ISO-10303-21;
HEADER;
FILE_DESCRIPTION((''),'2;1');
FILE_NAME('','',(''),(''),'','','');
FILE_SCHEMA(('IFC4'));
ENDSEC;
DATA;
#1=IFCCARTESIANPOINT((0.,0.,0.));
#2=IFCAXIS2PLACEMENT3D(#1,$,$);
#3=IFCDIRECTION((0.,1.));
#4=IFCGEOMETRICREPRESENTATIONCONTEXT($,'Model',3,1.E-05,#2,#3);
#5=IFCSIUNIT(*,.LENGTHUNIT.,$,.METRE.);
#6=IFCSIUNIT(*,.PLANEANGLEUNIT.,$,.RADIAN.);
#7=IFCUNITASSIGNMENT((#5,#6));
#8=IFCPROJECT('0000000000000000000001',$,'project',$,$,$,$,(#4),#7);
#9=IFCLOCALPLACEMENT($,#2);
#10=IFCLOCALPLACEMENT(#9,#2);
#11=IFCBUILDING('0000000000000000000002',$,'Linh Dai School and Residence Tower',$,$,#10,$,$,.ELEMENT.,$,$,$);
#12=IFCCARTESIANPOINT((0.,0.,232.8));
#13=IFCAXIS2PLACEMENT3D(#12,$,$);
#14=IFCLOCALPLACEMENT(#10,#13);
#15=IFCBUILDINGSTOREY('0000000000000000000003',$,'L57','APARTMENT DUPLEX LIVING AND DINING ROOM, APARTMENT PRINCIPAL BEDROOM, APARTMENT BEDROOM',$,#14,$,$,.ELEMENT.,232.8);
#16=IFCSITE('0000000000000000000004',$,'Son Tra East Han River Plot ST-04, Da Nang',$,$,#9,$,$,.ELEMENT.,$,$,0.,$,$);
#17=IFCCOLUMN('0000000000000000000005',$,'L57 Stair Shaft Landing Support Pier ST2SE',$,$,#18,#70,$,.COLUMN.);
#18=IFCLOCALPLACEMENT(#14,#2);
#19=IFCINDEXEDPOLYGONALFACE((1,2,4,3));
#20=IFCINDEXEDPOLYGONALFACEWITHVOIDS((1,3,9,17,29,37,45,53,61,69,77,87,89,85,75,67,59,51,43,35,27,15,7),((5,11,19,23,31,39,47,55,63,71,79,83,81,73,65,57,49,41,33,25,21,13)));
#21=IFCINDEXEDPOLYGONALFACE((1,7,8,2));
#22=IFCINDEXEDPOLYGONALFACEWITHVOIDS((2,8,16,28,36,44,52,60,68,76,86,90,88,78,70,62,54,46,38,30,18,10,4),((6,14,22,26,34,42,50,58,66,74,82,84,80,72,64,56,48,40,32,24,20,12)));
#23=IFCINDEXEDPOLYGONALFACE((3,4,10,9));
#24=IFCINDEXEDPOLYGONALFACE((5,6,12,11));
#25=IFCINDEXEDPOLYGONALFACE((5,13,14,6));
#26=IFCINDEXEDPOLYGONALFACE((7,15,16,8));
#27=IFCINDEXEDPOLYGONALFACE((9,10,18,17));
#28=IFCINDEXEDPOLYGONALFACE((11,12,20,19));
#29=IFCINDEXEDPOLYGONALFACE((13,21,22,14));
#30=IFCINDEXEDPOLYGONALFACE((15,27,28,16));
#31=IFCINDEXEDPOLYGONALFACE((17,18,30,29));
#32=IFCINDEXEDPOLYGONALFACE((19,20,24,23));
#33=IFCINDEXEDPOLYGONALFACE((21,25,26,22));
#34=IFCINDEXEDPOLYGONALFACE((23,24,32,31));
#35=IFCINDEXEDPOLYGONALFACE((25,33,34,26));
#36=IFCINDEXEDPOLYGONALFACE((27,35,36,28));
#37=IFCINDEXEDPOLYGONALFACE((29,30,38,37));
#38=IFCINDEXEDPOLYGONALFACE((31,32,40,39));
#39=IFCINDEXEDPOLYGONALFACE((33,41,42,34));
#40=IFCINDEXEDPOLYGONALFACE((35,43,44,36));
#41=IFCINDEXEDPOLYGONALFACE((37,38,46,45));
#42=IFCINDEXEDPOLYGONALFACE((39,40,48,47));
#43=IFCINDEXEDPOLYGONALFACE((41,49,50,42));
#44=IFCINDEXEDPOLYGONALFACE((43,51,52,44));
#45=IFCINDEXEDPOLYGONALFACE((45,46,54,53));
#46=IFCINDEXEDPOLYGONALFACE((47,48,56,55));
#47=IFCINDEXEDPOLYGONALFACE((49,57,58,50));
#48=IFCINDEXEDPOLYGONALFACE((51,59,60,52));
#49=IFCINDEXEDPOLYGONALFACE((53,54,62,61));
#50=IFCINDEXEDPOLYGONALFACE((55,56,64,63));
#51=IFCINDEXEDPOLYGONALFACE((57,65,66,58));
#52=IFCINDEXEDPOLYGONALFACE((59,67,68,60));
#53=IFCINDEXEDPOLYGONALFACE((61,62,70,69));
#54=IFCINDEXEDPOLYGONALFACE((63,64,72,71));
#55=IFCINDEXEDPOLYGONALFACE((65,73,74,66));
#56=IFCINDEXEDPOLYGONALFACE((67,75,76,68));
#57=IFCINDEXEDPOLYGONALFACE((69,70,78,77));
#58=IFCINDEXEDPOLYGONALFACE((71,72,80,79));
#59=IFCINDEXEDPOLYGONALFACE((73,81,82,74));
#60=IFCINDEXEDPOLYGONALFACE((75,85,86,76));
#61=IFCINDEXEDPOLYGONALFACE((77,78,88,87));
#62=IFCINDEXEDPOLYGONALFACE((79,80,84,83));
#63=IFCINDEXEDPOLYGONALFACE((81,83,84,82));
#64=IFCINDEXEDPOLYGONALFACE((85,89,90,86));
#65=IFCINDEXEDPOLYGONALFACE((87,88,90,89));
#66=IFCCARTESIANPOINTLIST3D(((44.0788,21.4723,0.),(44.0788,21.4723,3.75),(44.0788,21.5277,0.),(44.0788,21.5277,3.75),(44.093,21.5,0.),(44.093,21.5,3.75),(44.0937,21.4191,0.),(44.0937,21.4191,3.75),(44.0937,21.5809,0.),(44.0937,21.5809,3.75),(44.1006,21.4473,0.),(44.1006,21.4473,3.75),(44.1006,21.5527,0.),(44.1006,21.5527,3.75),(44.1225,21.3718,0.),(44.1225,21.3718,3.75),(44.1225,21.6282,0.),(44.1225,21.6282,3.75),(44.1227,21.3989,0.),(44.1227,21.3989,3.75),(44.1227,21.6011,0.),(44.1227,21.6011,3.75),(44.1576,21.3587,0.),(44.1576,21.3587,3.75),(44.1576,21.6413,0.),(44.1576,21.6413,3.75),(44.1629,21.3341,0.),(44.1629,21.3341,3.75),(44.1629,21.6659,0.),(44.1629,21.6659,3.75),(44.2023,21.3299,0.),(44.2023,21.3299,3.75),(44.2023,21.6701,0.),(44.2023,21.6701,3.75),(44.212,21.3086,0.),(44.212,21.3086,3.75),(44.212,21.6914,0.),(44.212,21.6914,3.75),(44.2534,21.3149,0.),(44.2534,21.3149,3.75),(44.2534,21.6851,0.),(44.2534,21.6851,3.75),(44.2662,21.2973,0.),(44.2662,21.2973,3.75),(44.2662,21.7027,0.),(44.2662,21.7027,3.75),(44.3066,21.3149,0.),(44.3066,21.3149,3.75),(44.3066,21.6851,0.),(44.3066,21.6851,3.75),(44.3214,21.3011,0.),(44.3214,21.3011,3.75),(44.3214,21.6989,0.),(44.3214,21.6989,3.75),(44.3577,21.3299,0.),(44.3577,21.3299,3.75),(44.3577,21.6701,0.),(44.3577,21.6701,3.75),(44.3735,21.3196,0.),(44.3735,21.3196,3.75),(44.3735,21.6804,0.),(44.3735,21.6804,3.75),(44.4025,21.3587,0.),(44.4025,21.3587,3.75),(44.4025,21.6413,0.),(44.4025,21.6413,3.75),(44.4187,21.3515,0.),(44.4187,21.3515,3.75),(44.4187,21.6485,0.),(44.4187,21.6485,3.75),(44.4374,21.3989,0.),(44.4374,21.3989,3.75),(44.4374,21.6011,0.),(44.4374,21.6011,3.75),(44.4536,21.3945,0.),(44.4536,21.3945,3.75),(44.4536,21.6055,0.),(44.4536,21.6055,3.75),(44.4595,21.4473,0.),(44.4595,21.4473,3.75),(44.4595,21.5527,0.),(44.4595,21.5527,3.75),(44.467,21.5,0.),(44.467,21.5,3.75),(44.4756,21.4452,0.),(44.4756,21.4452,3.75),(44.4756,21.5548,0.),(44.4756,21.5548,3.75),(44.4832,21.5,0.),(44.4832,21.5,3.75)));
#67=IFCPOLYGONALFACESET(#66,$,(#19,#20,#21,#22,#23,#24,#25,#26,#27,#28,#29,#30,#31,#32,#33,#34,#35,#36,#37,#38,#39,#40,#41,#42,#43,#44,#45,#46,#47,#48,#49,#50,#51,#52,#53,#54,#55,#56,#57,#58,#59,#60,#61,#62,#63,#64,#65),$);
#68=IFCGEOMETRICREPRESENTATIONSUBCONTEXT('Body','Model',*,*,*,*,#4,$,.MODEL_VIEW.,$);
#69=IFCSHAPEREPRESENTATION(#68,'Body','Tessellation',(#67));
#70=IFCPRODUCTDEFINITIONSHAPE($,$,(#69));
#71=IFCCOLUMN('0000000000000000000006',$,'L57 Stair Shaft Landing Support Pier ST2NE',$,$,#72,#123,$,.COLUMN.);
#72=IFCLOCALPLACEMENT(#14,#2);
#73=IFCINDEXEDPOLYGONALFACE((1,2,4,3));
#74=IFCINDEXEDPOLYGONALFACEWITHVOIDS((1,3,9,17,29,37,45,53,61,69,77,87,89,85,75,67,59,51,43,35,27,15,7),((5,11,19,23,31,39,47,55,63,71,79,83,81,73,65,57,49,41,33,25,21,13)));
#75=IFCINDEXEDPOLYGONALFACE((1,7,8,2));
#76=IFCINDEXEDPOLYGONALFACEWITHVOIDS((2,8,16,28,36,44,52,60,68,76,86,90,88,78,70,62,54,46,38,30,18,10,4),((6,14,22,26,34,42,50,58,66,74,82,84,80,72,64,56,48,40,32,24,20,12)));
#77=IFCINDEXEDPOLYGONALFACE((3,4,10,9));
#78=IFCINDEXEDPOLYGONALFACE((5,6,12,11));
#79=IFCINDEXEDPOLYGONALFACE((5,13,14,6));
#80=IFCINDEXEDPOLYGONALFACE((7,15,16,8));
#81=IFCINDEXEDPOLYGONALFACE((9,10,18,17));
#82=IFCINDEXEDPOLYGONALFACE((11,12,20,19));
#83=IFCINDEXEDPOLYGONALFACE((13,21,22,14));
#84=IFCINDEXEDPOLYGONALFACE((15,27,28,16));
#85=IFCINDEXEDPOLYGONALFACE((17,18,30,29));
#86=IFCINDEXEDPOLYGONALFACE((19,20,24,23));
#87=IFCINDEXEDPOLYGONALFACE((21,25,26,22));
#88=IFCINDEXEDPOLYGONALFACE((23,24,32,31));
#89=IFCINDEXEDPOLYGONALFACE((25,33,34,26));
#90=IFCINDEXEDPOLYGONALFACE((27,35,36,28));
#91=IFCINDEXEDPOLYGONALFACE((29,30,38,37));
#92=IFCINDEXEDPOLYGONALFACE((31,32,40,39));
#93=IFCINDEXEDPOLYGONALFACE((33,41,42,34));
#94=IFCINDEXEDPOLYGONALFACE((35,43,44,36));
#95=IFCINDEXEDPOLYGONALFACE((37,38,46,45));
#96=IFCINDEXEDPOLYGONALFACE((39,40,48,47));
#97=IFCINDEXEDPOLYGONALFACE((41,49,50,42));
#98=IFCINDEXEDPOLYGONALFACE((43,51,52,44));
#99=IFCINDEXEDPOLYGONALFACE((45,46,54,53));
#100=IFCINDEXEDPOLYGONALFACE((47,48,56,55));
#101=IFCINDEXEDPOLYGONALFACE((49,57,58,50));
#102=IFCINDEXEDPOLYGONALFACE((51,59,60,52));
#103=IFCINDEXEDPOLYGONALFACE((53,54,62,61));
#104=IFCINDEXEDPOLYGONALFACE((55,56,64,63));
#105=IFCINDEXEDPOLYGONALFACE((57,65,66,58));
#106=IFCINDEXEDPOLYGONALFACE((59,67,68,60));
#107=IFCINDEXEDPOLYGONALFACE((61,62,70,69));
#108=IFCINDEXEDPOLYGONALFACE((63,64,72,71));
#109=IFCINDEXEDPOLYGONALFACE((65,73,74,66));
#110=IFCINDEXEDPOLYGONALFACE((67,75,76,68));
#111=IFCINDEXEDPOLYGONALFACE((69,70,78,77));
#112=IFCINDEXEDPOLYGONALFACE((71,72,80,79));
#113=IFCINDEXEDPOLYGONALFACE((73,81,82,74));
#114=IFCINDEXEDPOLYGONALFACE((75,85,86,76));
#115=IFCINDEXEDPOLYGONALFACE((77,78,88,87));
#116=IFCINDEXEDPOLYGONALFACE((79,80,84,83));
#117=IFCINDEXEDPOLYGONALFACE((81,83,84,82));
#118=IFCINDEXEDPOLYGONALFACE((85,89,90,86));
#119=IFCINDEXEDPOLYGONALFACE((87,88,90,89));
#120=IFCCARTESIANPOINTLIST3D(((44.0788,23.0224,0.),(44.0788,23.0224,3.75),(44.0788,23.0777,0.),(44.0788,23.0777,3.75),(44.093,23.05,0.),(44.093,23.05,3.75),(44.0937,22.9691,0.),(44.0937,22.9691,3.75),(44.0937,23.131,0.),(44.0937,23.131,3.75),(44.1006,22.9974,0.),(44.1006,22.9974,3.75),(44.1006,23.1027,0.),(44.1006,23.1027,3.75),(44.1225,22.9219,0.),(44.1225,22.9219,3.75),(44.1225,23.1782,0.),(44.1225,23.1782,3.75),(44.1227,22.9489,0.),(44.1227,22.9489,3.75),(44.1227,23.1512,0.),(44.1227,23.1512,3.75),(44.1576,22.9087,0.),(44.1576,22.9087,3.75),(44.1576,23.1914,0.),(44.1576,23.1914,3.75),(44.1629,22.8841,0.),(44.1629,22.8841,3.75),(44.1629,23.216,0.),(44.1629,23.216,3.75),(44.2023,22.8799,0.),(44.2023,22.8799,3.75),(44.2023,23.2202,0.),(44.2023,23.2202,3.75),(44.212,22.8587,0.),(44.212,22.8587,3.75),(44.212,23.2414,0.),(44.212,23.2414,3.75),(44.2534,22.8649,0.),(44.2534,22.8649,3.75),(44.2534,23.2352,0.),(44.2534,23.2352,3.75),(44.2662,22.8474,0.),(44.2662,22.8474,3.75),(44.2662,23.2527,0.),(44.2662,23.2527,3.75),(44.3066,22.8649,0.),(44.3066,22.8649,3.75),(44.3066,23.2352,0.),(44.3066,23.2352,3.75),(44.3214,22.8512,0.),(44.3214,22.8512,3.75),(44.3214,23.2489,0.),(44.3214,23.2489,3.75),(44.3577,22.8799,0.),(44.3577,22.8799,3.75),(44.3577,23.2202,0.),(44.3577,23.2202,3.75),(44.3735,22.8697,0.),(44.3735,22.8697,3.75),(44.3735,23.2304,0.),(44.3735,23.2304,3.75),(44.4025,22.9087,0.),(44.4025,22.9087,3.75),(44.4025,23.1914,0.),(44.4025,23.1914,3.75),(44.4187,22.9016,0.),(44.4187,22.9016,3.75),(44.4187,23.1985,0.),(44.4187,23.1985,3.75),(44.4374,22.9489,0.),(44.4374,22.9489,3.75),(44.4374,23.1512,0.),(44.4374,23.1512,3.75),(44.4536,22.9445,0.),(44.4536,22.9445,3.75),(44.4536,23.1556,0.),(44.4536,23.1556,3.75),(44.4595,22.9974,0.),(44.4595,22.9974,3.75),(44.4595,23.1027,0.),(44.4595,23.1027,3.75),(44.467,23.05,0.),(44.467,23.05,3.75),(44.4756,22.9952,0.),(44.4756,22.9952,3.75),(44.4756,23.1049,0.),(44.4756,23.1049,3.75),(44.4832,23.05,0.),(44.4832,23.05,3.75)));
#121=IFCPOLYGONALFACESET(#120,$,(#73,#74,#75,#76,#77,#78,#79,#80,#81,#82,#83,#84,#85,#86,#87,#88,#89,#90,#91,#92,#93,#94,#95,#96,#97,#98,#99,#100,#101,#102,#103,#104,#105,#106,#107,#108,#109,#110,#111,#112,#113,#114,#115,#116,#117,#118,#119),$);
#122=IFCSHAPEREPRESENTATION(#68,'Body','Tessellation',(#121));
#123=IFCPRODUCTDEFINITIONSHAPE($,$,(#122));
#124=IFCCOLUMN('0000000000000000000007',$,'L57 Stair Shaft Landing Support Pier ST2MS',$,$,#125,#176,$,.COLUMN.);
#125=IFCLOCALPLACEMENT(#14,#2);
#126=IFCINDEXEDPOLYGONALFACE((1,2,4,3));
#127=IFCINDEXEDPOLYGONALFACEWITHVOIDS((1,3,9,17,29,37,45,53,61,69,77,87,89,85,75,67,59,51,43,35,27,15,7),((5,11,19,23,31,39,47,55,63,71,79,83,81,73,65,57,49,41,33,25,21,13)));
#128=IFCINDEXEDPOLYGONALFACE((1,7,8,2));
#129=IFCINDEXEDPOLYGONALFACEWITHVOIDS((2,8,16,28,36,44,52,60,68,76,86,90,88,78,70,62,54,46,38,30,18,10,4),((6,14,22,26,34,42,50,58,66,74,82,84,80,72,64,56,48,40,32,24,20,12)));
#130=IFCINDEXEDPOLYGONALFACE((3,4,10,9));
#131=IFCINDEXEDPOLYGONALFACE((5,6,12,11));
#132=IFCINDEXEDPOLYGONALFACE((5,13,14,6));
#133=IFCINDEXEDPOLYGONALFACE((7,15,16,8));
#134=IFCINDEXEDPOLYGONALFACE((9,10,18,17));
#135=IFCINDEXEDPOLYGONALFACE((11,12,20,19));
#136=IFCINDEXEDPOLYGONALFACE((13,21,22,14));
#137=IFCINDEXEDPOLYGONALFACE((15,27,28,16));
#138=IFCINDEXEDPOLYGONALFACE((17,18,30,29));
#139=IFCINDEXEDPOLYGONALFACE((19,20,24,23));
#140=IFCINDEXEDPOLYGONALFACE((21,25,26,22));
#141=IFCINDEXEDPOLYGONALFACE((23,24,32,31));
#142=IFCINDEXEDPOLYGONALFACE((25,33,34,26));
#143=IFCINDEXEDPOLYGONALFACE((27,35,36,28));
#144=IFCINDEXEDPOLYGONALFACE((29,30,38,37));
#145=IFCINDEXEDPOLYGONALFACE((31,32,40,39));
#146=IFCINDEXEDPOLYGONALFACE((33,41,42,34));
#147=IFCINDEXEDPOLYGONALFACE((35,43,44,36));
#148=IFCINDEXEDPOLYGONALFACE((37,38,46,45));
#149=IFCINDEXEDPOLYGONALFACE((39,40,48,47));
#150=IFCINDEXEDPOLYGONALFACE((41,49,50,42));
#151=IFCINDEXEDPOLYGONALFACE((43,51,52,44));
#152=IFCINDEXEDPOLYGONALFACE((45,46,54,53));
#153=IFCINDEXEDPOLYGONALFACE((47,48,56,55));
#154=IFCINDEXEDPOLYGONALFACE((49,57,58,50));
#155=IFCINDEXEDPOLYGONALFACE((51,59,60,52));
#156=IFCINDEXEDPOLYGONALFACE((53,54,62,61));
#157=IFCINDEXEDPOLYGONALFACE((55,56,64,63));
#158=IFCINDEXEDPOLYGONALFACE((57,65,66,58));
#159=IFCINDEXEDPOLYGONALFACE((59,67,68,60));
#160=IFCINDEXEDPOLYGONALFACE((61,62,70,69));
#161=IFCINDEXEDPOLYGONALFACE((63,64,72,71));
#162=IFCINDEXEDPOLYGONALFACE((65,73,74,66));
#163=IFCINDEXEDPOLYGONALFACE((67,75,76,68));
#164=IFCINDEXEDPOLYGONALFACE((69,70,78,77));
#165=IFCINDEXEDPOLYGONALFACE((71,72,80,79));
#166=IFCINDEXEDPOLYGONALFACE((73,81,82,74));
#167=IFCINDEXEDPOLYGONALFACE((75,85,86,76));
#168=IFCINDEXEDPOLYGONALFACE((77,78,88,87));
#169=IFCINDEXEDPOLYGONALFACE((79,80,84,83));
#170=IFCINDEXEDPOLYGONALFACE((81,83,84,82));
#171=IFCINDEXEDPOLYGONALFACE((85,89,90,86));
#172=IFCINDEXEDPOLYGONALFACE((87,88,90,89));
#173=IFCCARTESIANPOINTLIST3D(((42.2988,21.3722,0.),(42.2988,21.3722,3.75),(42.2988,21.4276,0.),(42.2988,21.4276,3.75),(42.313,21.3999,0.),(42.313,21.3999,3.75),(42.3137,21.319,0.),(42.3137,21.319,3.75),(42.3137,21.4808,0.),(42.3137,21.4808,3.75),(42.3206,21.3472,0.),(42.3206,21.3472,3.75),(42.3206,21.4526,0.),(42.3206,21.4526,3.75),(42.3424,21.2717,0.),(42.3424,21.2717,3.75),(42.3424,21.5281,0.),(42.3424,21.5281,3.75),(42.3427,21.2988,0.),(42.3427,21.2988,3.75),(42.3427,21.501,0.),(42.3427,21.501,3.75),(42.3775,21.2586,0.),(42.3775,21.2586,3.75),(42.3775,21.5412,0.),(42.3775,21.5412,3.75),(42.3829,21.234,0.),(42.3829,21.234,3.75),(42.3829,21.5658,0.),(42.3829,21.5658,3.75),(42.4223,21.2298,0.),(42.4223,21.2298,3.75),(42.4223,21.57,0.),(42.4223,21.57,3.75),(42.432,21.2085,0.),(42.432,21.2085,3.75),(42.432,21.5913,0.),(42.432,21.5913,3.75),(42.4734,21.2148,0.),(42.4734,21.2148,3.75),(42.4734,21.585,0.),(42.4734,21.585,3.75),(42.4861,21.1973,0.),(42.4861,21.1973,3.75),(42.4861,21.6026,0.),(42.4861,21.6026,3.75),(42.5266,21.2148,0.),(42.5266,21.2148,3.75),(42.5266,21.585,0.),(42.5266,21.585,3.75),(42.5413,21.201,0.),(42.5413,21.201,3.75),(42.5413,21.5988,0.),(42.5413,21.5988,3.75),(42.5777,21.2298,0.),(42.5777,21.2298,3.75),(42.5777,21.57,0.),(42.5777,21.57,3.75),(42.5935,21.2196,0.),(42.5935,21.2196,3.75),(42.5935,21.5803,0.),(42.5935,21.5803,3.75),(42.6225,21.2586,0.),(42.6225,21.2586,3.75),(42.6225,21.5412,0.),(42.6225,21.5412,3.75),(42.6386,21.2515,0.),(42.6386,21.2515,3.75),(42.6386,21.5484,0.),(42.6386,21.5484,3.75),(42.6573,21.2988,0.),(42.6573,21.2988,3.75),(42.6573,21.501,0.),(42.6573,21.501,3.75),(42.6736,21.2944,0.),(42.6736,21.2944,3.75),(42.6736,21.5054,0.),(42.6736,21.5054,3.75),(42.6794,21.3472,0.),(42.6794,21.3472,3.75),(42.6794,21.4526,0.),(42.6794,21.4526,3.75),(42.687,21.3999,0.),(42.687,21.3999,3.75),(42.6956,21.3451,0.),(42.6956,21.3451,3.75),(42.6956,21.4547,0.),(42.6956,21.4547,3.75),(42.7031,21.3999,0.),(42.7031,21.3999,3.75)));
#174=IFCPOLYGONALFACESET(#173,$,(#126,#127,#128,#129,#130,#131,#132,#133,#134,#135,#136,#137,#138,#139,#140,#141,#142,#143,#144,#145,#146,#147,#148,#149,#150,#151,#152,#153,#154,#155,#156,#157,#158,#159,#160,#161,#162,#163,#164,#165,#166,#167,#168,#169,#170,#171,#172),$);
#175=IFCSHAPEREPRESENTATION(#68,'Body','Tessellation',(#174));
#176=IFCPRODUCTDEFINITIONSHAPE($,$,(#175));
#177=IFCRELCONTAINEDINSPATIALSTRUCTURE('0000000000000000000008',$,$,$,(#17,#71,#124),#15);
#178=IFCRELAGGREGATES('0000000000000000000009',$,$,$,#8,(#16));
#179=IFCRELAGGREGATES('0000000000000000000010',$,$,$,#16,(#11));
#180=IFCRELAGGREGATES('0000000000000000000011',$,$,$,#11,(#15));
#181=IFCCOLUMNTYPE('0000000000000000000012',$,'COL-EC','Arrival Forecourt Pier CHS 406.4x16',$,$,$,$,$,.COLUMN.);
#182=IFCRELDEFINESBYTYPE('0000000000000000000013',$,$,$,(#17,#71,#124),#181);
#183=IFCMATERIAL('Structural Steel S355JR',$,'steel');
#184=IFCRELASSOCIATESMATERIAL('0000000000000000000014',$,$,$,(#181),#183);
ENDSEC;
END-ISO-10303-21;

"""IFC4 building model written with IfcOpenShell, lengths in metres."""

from ifc_helpers import new_model, si_unit, direction, frame, origin, origin_2d, place, context, subcontext, project, spatial, hollow_circle, extrude, material, material_profile, profile_set, type_object, element, save


model = new_model("IFC4")

# Units and contexts
model_context = context("Model", 3, precision=1e-05, world=origin(), true_north=direction((0.0, 1.0)))
body_context = subcontext(model_context, "Body", "Model", "MODEL_VIEW")
ifc_project = project(units=[si_unit("LENGTHUNIT", "METRE"), si_unit("PLANEANGLEUNIT", "RADIAN")], contexts=[model_context])

# Site, building, storey
site_placement = place(None, origin())
site = spatial("IfcSite", under=ifc_project, at=site_placement, Name="Son Tra East Han River Plot ST-04, Da Nang", CompositionType="ELEMENT", RefElevation=0.0)
building_placement = place(site_placement, origin())
building = spatial("IfcBuilding", under=site, at=building_placement, Name="Linh Dai School and Residence Tower", CompositionType="ELEMENT")
storey_placement = place(building_placement, frame((0.0, 0.0, 232.8)))
storey = spatial("IfcBuildingStorey", under=building, at=storey_placement, Name="L57", Description="APARTMENT DUPLEX LIVING AND DINING ROOM, APARTMENT PRINCIPAL BEDROOM, APARTMENT BEDROOM", CompositionType="ELEMENT", Elevation=232.8)

# Columns
ifc_material_1 = material(Name="Structural Steel S355JR", Category="steel")
ifc_material_profile_1 = material_profile(ifc_material_1, hollow_circle(Radius=0.2031, WallThickness=0.0161, at=origin_2d()), Name="CHS 406.4x16")
ifc_profile_set_1 = profile_set([ifc_material_profile_1], Name="Structural Steel S355JR")
column_type_1 = type_object("IfcColumnType", Name="COL-EC", Description="Arrival Forecourt Pier CHS 406.4x16", PredefinedType="COLUMN", material=ifc_profile_set_1)
for number, where, z_axis, x_axis, name in (
    (1, (44.28, 21.5, 0.0), (0.0, 0.0, 1.0), (1.0, 0.0, 0.0), "L57 Stair Shaft Landing Support Pier ST2SE"),
    (2, (44.28, 23.05, 0.0), (0.0, 0.0, 1.0), (1.0, 0.0, 0.0), "L57 Stair Shaft Landing Support Pier ST2NE"),
    (3, (42.5, 21.3999, 0.0), (0.0, 0.0, 1.0), (1.0, 0.0, 0.0), "L57 Stair Shaft Landing Support Pier ST2MS"),
):
    element("IfcColumn", number, at=place(storey_placement, frame(where, z_axis=z_axis, x_axis=x_axis)), inside=storey, type_object=column_type_1, Name=name, PredefinedType="COLUMN", context=body_context, shape_type="SweptSolid", body=[
        extrude(hollow_circle(Radius=0.2031, WallThickness=0.0161, at=origin_2d()), origin(), (0.0, 0.0, 1.0), 3.75),
    ])

save(model, "model.ifc")
